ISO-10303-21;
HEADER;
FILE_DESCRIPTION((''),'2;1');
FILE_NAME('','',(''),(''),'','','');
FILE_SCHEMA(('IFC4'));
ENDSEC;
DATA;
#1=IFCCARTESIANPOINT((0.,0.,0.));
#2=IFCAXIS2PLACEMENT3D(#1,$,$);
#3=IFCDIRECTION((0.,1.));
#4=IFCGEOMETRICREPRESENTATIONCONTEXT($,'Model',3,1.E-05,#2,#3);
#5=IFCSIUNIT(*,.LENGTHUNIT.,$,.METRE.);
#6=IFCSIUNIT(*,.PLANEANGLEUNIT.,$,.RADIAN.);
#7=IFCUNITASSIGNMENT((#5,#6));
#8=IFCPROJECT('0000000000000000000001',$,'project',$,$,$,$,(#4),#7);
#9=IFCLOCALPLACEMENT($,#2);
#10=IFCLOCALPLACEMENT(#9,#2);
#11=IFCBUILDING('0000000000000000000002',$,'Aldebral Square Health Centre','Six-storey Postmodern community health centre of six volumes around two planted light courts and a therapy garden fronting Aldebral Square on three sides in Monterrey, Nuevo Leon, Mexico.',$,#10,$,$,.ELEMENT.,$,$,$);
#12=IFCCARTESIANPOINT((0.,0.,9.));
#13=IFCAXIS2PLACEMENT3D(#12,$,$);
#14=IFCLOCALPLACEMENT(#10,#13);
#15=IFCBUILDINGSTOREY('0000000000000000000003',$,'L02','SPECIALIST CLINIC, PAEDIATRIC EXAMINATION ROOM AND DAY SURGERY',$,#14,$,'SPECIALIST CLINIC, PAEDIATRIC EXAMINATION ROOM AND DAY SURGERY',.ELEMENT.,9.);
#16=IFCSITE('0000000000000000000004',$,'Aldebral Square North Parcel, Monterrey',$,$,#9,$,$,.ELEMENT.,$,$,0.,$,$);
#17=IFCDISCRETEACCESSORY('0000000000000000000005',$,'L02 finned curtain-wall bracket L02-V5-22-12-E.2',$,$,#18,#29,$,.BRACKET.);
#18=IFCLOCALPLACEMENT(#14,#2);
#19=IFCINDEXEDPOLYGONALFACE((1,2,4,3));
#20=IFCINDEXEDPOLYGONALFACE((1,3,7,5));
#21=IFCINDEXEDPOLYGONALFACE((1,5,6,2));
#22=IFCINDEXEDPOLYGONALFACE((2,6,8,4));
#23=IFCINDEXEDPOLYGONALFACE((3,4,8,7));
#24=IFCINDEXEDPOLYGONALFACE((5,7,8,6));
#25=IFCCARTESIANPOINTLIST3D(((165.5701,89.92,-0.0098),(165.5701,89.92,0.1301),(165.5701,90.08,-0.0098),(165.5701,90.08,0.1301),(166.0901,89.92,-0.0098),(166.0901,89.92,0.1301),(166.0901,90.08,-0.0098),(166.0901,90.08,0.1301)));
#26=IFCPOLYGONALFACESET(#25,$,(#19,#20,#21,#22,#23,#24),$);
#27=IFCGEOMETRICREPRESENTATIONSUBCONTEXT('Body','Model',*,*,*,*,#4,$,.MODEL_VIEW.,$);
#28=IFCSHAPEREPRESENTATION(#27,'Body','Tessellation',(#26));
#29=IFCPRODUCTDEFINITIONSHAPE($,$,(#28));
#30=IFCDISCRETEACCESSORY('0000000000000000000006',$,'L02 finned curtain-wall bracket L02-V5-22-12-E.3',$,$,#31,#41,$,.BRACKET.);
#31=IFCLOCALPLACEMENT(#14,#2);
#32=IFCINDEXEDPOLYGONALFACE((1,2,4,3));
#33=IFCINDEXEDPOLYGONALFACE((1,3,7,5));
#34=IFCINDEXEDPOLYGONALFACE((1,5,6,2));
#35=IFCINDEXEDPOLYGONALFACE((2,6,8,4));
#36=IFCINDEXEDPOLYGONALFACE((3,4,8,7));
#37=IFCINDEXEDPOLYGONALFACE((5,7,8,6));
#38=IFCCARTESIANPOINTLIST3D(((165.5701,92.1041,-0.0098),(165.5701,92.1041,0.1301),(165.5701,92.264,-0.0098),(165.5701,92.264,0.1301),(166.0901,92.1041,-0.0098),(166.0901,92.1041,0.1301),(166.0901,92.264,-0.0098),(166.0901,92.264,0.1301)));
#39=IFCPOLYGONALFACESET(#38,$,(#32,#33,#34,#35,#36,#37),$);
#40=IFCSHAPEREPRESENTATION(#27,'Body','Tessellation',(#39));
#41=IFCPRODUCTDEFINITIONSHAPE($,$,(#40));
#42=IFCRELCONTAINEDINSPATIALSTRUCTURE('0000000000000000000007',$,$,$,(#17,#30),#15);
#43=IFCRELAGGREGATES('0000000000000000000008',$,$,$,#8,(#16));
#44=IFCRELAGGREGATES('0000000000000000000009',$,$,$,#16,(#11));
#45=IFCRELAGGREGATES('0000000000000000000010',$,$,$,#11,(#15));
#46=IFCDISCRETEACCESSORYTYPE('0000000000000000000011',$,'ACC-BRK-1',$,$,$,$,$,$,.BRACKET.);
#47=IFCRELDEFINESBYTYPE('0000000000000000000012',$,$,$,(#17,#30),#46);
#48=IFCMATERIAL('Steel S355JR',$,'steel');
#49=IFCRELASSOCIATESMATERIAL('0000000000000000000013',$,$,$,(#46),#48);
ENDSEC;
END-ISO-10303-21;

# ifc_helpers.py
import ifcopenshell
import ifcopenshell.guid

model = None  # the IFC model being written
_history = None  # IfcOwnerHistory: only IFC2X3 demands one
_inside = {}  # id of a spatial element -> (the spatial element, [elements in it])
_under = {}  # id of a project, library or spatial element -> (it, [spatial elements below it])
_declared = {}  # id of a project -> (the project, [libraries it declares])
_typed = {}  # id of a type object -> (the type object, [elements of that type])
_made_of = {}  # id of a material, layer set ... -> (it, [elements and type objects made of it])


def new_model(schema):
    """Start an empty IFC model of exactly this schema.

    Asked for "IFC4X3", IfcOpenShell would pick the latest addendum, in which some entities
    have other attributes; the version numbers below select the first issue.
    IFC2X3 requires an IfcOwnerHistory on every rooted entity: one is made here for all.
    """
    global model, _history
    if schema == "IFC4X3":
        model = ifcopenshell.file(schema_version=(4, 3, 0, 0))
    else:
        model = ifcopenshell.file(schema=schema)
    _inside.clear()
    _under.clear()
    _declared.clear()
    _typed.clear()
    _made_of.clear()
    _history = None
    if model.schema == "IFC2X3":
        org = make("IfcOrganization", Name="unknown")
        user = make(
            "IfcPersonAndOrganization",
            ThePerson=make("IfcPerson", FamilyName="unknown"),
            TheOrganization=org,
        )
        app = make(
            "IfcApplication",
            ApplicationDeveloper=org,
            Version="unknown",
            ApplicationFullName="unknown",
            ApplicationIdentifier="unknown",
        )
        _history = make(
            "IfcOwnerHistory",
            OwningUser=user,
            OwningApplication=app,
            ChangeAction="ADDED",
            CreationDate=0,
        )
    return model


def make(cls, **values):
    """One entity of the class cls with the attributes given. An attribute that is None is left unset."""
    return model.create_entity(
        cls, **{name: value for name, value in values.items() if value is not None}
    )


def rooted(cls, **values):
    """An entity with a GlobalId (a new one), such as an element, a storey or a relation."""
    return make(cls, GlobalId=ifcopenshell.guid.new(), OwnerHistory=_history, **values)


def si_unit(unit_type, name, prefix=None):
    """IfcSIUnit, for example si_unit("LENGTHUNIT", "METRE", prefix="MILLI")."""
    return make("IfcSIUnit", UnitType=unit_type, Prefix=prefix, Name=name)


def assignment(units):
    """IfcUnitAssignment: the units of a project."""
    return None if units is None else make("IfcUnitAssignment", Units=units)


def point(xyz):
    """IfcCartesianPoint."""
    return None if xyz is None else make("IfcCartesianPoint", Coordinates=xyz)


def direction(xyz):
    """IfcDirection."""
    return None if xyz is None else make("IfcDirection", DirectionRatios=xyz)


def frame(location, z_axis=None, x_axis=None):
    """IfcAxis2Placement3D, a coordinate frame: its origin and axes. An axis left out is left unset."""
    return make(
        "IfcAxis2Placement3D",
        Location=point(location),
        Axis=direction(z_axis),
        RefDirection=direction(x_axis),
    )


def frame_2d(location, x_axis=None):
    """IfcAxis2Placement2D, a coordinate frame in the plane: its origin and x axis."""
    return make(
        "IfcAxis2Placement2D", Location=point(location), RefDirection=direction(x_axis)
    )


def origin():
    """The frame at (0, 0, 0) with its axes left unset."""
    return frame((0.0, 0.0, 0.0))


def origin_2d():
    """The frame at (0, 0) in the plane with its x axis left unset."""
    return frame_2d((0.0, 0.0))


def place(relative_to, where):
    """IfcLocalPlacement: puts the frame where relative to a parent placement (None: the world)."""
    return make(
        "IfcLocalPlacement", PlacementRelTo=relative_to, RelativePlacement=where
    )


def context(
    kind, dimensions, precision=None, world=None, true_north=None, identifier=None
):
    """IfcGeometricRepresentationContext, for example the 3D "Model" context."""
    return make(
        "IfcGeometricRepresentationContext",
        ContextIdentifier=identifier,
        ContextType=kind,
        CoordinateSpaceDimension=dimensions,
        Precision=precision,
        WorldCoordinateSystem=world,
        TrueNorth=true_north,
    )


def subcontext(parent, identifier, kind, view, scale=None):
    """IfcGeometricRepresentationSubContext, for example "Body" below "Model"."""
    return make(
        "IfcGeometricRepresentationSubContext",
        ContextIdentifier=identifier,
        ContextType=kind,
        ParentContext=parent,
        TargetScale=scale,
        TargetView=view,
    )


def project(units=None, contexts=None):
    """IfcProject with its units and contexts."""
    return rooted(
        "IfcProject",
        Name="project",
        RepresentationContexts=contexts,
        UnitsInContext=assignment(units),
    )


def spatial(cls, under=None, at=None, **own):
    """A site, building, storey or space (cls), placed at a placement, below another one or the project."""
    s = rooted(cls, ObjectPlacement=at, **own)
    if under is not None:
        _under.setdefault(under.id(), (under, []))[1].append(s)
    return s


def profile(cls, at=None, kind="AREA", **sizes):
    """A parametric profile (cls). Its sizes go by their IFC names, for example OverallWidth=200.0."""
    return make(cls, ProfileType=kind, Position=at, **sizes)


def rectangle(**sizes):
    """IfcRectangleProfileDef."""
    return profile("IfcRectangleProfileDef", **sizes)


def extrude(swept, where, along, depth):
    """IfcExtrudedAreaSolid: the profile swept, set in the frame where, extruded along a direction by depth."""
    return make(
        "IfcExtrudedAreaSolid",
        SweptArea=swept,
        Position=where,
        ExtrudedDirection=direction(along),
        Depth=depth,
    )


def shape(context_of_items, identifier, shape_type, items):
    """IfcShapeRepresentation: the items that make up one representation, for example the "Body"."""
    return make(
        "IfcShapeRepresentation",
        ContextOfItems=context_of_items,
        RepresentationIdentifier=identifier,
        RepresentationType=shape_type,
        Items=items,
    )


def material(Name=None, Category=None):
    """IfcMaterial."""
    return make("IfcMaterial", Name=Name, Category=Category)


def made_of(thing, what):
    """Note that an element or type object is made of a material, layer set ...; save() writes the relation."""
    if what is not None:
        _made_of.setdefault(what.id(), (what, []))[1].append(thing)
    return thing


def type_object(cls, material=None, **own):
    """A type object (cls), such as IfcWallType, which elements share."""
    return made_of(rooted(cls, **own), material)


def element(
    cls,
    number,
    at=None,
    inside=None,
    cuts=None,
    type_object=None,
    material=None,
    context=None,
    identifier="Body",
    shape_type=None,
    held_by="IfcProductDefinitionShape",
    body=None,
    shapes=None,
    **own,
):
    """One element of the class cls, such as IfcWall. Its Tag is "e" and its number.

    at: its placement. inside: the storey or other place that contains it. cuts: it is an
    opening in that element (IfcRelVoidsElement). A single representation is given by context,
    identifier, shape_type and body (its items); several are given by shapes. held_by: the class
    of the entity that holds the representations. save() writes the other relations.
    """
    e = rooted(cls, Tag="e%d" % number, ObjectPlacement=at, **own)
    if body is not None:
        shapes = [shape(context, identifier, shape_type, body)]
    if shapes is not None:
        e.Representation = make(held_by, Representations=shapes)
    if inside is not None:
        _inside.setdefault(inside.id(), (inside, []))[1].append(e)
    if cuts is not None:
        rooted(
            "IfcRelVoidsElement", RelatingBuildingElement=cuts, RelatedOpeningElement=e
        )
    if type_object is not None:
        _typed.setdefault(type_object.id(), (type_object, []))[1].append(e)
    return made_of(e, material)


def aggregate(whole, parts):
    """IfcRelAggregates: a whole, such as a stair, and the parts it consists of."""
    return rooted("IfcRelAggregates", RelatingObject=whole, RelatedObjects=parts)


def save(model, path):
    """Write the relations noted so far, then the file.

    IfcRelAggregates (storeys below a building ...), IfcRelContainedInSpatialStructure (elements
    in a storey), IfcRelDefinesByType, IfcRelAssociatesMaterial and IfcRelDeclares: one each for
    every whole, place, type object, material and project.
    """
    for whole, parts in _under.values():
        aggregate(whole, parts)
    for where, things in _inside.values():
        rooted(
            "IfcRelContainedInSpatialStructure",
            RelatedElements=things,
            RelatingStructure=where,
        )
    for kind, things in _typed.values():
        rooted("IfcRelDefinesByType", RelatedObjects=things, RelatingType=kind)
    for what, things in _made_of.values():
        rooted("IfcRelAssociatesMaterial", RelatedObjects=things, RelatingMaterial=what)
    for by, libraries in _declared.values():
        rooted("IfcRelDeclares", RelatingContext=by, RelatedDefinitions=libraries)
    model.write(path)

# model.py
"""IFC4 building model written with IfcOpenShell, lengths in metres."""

from ifc_helpers import new_model, si_unit, direction, frame, origin, origin_2d, place, context, subcontext, project, spatial, rectangle, extrude, material, type_object, element, save


model = new_model("IFC4")

# Units and contexts
model_context = context("Model", 3, precision=1e-05, world=origin(), true_north=direction((0.0, 1.0)))
body_context = subcontext(model_context, "Body", "Model", "MODEL_VIEW")
ifc_project = project(units=[si_unit("LENGTHUNIT", "METRE"), si_unit("PLANEANGLEUNIT", "RADIAN")], contexts=[model_context])

# Site, building, storey
site_placement = place(None, origin())
site = spatial("IfcSite", under=ifc_project, at=site_placement, Name="Aldebral Square North Parcel, Monterrey", CompositionType="ELEMENT", RefElevation=0.0)
building_placement = place(site_placement, origin())
building = spatial("IfcBuilding", under=site, at=building_placement, Name="Aldebral Square Health Centre", Description="Six-storey Postmodern community health centre of six volumes around two planted light courts and a therapy garden fronting Aldebral Square on three sides in Monterrey, Nuevo Leon, Mexico.", CompositionType="ELEMENT")
storey_placement = place(building_placement, frame((0.0, 0.0, 9.0)))
storey = spatial("IfcBuildingStorey", under=building, at=storey_placement, Name="L02", Description="SPECIALIST CLINIC, PAEDIATRIC EXAMINATION ROOM AND DAY SURGERY", LongName="SPECIALIST CLINIC, PAEDIATRIC EXAMINATION ROOM AND DAY SURGERY", CompositionType="ELEMENT", Elevation=9.0)

# Discrete accessories
ifc_material_1 = material(Name="Steel S355JR", Category="steel")
discrete_accessory_type = type_object("IfcDiscreteAccessoryType", Name="ACC-BRK-1", PredefinedType="BRACKET", material=ifc_material_1)
for number, where, z_axis, x_axis, name in (
    (1, (165.8301, 90.0, -0.0098), (0.0, 0.0, 1.0), (0.0, 1.0, 0.0), "L02 finned curtain-wall bracket L02-V5-22-12-E.2"),
    (2, (165.8301, 92.1841, -0.0098), (0.0, 0.0, 1.0), (0.0, 1.0, 0.0), "L02 finned curtain-wall bracket L02-V5-22-12-E.3"),
):
    element("IfcDiscreteAccessory", number, at=place(storey_placement, frame(where, z_axis=z_axis, x_axis=x_axis)), inside=storey, type_object=discrete_accessory_type, Name=name, PredefinedType="BRACKET", context=body_context, shape_type="SweptSolid", body=[
        extrude(rectangle(XDim=0.1599, YDim=0.52, at=origin_2d()), origin(), (0.0, 0.0, 1.0), 0.1399),
    ])

save(model, "model.ifc")
